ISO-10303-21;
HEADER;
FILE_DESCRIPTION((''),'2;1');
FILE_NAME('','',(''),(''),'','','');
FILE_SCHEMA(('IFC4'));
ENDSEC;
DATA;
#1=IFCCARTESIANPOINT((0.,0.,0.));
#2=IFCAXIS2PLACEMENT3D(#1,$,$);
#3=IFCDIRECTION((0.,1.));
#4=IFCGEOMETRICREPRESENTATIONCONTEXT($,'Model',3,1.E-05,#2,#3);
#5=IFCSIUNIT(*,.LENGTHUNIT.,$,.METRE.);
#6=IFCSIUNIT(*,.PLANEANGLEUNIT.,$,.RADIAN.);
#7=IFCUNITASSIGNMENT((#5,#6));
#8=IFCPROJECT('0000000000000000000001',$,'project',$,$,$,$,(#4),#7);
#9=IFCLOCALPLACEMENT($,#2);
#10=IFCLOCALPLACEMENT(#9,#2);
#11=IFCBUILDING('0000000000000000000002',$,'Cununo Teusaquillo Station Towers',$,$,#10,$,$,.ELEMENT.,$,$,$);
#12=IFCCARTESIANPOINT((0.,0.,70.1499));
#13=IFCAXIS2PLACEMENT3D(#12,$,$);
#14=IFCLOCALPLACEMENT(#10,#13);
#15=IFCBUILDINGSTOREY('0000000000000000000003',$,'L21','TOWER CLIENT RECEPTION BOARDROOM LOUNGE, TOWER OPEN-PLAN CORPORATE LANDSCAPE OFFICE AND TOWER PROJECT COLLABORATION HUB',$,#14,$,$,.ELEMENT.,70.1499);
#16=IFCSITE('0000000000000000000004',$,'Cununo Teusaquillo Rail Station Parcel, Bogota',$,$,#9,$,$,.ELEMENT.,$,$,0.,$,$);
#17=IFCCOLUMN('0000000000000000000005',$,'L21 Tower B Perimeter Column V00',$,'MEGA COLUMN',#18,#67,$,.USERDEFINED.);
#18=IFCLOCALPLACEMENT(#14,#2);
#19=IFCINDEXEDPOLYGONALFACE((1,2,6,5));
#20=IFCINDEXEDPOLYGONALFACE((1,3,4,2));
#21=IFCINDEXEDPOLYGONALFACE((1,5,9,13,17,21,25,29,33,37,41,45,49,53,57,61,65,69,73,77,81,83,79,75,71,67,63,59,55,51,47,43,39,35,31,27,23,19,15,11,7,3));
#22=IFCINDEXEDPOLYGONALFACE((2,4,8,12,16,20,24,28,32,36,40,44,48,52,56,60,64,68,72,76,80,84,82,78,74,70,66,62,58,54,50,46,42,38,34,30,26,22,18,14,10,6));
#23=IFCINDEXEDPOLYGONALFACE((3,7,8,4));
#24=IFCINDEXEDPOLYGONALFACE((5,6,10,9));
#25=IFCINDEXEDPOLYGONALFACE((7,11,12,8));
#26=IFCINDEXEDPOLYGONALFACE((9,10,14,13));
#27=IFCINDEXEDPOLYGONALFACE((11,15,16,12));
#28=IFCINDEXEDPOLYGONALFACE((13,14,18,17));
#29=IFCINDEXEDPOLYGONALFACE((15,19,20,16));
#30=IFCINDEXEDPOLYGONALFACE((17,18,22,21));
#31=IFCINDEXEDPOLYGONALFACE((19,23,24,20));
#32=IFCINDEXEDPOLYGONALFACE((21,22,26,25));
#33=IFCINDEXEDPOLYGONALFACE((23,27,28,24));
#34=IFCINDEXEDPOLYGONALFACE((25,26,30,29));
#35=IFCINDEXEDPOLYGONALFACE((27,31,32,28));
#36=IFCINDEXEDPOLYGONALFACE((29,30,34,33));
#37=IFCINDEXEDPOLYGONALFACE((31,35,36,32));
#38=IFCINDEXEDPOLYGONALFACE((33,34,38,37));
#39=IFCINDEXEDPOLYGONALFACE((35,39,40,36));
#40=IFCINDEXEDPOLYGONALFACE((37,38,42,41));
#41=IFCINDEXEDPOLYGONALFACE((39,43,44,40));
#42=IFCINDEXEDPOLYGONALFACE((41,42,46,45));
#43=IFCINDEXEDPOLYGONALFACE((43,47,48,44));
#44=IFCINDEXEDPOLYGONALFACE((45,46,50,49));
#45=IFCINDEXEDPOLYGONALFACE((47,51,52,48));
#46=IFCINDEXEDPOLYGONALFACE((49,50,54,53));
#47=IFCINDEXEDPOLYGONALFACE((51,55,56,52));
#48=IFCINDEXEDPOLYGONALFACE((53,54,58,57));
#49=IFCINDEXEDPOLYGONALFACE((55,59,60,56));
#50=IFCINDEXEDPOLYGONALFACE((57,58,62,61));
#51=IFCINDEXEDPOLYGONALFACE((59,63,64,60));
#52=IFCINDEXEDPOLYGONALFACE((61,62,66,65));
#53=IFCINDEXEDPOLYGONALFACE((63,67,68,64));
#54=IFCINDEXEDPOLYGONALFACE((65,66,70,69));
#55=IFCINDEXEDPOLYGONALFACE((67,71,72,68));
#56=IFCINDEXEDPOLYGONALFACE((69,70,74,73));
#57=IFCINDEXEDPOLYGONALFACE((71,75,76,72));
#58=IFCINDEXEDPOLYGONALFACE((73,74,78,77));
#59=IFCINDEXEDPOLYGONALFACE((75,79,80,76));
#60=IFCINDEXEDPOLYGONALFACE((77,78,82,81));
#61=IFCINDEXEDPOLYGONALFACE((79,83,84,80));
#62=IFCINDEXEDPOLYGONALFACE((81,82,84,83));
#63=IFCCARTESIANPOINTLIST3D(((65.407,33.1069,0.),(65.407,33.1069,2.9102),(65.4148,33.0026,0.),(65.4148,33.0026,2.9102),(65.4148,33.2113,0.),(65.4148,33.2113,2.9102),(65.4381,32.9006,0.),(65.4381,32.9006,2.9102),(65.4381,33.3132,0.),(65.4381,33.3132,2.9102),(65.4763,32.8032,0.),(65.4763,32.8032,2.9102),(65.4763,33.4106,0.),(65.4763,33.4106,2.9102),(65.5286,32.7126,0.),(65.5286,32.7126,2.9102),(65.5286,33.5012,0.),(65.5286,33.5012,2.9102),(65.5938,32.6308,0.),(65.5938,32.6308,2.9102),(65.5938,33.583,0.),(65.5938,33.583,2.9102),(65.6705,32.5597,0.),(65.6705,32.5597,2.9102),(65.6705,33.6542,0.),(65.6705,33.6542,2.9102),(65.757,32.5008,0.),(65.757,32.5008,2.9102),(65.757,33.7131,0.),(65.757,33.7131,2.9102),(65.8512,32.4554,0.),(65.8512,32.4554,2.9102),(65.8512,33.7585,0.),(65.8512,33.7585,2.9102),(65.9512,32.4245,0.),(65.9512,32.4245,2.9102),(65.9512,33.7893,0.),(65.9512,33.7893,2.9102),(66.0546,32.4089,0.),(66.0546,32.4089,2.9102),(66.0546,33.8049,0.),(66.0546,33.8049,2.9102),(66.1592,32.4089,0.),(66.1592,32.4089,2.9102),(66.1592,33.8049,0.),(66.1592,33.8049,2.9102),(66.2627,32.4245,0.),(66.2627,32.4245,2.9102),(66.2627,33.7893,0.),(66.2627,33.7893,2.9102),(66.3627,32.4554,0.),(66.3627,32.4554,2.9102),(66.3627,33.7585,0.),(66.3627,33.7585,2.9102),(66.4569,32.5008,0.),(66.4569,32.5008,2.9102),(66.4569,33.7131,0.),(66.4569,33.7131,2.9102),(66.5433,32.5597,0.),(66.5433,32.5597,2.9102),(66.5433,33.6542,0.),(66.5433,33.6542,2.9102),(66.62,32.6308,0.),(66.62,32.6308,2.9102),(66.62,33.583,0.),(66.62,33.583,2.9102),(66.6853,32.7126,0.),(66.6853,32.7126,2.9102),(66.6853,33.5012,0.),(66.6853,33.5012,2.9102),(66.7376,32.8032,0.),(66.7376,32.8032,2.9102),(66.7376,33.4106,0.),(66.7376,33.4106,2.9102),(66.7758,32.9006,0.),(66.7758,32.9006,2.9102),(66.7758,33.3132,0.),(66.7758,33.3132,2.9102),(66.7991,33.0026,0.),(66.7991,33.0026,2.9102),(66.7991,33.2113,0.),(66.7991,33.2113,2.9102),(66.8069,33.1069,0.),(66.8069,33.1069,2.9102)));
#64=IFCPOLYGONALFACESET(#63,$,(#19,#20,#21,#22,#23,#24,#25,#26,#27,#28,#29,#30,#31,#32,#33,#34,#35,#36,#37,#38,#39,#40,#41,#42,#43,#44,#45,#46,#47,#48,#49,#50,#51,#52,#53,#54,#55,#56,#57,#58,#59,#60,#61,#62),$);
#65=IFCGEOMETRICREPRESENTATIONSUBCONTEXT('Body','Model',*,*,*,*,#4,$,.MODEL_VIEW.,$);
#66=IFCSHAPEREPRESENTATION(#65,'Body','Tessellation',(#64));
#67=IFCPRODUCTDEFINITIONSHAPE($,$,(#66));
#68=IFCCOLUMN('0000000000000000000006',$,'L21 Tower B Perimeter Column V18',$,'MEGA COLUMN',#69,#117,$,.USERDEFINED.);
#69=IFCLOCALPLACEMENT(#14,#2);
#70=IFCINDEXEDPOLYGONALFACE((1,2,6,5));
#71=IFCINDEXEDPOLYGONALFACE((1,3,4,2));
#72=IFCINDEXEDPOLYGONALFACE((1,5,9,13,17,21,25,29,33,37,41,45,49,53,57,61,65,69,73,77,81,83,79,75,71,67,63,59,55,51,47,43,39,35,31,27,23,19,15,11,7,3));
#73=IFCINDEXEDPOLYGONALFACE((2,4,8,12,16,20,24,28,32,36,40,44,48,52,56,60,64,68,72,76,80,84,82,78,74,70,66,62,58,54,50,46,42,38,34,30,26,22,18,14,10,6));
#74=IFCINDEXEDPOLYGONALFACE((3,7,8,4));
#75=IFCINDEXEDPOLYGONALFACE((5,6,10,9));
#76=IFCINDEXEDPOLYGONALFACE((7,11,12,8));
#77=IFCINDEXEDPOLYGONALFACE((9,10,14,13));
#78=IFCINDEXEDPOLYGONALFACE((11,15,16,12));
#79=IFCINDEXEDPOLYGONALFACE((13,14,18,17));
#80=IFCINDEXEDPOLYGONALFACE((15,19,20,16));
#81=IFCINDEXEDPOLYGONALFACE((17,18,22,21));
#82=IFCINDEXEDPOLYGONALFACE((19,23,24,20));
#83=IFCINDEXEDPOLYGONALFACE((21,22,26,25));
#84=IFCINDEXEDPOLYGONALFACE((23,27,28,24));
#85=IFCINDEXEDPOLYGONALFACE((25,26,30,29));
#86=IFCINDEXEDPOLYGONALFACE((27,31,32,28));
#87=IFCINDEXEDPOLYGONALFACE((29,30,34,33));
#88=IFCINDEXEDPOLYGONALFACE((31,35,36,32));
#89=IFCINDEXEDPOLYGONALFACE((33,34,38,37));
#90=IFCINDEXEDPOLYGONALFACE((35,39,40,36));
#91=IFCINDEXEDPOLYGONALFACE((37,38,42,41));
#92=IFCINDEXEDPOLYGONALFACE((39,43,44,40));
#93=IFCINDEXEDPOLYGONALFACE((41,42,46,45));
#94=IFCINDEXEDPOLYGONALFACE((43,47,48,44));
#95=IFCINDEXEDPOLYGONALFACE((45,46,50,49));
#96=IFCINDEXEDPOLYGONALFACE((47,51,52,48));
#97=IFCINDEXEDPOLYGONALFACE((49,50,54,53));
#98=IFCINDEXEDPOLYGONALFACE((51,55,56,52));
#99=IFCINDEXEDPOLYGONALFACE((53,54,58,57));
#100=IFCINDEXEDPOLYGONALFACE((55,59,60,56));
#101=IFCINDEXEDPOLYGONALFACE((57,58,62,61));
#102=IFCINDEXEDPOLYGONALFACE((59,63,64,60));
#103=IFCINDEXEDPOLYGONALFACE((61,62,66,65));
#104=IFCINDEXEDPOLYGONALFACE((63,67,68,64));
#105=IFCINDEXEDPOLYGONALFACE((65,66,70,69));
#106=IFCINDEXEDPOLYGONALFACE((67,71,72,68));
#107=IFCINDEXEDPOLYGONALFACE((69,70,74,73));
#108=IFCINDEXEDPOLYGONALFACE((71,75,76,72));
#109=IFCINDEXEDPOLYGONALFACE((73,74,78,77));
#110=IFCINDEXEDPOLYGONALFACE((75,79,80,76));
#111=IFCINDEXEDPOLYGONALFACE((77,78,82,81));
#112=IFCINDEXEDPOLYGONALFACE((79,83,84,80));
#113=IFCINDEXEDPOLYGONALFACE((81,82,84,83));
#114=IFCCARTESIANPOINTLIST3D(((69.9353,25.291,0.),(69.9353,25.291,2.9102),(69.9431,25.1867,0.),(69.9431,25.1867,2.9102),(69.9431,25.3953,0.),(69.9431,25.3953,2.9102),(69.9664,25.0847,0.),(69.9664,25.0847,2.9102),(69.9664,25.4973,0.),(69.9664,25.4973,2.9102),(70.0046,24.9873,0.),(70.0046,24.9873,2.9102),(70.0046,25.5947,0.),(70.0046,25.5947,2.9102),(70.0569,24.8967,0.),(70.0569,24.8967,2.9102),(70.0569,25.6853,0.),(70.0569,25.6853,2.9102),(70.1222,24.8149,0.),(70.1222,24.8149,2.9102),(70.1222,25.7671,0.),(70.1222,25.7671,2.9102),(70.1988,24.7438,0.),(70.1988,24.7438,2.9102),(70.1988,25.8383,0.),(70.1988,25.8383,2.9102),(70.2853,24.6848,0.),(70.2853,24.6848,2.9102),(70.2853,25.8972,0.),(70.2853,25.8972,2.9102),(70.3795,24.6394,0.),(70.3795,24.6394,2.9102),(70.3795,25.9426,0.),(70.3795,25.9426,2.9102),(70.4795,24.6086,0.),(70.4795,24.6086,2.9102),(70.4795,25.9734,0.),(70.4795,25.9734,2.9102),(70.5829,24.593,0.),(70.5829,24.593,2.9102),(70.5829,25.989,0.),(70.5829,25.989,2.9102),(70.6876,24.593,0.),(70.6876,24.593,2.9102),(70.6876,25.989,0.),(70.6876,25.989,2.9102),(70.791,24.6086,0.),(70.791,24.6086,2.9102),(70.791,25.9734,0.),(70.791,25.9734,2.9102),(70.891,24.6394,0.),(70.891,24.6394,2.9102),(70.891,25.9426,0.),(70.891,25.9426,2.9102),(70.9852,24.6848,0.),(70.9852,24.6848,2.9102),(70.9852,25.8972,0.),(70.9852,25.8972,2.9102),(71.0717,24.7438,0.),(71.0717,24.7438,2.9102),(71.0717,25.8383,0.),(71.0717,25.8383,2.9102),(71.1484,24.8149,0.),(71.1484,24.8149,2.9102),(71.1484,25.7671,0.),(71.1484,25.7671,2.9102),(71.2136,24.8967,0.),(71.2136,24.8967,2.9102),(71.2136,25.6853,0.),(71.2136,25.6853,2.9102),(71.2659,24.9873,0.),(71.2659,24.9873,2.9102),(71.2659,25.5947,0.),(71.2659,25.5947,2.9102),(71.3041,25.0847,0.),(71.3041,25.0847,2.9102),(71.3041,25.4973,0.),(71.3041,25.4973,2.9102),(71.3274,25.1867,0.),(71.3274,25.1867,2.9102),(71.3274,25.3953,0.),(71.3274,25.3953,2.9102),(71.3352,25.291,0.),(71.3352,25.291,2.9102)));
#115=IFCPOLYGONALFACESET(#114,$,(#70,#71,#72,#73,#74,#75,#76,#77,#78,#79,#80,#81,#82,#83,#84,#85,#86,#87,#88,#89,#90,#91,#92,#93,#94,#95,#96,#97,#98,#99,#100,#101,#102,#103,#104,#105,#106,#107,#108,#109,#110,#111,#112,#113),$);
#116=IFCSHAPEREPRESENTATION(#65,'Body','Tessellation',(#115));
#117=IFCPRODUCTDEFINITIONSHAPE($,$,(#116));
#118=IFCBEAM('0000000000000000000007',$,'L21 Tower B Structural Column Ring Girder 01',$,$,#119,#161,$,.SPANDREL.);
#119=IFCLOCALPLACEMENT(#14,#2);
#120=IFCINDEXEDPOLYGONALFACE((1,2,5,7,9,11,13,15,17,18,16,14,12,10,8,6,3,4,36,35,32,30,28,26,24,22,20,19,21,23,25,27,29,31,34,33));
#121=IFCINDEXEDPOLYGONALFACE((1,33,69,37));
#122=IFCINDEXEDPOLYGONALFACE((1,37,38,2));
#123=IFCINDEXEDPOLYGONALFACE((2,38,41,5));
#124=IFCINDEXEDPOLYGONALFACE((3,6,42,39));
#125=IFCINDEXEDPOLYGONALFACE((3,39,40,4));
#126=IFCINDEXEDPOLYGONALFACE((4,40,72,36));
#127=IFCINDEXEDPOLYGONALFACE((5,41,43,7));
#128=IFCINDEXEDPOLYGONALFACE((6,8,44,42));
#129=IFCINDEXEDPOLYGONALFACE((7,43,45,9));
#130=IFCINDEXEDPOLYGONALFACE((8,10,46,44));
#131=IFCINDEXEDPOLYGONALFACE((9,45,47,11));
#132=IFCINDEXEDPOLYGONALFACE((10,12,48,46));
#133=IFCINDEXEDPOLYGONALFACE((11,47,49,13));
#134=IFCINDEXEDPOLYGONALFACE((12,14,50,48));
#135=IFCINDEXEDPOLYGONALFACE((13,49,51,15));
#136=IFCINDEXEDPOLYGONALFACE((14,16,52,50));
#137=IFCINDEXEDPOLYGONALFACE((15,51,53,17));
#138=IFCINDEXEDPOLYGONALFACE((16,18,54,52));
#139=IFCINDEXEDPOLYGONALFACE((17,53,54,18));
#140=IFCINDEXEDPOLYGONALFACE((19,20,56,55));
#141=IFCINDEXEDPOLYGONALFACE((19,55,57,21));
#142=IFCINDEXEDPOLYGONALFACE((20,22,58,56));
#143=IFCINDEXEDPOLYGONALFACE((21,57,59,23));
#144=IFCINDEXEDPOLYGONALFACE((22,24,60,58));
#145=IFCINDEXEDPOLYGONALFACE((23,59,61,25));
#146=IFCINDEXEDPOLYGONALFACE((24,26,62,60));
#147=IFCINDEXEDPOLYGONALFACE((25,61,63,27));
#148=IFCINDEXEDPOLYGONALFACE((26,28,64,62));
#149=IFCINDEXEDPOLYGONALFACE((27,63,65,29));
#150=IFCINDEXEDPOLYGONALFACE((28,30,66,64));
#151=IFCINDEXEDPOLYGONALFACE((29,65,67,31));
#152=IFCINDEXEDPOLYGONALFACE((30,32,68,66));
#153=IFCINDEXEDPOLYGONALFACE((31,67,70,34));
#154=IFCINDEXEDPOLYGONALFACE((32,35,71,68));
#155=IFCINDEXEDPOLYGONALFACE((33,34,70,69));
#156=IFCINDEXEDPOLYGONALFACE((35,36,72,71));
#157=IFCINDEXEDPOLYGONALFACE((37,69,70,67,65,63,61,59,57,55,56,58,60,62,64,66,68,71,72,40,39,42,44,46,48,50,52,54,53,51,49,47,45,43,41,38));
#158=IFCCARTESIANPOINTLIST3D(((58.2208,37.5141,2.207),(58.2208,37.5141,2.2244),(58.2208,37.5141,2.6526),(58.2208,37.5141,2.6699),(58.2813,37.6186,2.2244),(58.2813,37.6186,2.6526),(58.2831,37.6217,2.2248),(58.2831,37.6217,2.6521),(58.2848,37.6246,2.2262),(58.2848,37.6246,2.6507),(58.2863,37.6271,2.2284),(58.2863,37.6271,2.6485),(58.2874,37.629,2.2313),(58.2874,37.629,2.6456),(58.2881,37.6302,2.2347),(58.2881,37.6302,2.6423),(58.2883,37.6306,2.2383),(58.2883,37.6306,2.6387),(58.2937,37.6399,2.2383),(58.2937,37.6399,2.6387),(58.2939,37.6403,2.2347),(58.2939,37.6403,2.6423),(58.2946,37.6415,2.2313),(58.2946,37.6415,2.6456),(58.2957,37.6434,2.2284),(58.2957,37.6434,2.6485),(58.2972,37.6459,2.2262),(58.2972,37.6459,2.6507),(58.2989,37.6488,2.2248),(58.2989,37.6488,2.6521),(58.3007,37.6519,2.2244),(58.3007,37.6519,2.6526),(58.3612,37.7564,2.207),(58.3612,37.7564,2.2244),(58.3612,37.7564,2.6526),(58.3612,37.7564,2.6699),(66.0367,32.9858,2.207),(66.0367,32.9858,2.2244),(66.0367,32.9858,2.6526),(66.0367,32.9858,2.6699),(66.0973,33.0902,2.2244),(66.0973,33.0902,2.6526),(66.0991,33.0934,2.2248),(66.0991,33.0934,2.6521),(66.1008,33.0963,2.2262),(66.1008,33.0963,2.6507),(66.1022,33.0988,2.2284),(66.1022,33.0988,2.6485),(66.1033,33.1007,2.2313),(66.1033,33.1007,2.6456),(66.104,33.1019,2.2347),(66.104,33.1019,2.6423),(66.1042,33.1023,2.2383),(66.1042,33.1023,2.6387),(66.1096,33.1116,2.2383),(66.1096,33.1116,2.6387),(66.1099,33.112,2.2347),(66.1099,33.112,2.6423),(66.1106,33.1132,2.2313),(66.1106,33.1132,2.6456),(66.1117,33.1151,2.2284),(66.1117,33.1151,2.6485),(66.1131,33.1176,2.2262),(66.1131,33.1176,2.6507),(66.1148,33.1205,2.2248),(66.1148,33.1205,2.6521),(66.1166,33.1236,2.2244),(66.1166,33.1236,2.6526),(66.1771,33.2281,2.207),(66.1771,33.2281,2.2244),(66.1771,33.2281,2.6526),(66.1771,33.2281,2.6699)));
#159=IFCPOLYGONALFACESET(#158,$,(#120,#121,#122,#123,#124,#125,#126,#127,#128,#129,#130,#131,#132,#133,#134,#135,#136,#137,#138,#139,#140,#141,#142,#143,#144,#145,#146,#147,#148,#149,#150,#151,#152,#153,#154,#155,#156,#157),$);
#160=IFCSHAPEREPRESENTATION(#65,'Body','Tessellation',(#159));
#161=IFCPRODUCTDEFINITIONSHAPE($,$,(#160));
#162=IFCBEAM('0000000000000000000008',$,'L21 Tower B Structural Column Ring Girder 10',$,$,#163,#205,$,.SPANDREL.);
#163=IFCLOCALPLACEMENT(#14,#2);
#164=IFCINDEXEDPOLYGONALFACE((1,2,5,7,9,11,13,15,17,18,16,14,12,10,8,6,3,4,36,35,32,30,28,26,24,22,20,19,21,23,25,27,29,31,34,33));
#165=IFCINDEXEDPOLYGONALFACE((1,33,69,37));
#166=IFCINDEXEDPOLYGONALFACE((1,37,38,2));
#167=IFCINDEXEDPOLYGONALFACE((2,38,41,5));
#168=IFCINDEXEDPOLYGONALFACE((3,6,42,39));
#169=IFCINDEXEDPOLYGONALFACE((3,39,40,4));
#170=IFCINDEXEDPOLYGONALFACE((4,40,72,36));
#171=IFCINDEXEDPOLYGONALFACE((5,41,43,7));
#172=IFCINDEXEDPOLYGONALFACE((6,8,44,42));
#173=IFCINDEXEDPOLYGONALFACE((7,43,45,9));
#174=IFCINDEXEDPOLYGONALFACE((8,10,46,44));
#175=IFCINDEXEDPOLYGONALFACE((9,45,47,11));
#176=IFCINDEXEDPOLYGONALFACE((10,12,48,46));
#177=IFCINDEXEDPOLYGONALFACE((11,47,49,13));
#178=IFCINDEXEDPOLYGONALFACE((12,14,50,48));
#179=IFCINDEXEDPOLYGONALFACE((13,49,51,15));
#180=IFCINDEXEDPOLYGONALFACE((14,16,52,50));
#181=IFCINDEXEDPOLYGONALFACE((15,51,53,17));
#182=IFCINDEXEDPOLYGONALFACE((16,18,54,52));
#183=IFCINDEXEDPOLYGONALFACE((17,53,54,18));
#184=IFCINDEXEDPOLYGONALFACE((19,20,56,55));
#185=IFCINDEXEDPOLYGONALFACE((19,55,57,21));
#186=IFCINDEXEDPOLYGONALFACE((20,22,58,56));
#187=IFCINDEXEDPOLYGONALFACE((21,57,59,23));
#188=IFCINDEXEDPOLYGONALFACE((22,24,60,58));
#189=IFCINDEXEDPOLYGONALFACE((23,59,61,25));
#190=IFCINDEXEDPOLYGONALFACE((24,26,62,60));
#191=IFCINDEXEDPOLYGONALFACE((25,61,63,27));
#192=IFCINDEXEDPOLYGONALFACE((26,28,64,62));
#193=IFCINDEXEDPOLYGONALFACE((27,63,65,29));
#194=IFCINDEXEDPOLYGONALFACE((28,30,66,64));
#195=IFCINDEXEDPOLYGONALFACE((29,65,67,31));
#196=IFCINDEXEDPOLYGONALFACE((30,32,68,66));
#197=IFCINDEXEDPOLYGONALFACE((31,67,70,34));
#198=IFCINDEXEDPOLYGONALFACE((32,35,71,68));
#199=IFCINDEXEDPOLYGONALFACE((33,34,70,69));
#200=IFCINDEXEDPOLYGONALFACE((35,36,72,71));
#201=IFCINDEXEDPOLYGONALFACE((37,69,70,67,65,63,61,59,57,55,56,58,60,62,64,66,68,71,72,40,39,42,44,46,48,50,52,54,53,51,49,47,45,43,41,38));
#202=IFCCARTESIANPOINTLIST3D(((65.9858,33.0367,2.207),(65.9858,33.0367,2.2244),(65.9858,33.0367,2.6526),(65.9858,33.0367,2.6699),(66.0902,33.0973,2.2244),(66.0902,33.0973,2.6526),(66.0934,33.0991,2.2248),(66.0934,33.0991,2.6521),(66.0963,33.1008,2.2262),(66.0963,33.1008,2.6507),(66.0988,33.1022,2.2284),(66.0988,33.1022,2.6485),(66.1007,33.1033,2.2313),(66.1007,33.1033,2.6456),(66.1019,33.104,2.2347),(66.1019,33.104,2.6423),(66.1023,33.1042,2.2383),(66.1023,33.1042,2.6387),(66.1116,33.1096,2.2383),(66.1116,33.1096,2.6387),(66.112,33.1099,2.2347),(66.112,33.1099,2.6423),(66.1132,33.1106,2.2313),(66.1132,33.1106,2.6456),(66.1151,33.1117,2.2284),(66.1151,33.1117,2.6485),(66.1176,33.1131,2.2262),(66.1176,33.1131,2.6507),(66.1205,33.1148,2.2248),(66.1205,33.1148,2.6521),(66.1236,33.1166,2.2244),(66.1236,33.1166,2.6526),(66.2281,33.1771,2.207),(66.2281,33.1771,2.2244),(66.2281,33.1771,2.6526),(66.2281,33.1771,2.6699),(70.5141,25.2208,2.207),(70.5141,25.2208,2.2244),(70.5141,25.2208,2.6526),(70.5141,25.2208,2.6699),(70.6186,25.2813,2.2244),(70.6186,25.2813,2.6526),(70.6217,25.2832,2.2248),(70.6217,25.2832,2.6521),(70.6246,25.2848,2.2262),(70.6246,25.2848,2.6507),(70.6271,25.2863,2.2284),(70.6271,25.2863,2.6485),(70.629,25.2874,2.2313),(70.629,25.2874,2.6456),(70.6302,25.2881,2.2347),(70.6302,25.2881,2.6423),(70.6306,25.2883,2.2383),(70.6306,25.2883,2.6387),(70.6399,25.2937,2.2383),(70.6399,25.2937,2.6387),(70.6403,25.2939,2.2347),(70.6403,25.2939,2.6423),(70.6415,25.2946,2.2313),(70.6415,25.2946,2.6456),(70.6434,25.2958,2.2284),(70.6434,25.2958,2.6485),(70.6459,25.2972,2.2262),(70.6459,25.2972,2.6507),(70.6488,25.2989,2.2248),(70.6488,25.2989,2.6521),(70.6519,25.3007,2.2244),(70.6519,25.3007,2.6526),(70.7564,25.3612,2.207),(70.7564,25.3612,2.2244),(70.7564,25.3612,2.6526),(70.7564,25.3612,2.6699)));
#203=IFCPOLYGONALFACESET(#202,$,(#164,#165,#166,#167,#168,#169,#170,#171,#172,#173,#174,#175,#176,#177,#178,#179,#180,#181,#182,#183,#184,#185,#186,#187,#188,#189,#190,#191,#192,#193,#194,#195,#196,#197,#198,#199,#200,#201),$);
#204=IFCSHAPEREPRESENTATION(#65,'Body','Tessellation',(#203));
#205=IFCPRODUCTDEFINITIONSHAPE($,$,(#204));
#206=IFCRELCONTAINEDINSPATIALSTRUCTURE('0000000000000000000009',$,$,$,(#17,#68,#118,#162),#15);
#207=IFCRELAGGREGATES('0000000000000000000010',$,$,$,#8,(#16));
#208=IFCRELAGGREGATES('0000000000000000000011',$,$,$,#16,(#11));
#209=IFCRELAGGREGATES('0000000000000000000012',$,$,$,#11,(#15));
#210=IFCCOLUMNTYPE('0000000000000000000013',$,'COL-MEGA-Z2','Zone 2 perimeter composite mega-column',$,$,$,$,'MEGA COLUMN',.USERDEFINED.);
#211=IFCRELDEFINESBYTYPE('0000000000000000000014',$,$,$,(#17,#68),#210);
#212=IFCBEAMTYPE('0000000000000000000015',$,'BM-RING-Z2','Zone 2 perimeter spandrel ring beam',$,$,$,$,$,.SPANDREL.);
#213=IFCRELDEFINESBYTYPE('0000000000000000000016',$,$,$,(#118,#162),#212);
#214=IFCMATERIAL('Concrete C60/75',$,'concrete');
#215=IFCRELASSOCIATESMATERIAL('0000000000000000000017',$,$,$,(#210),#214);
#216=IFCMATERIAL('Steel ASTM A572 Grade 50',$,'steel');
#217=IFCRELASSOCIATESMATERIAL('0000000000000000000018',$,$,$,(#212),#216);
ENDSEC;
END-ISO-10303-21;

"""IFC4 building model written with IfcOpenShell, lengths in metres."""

from ifc_helpers import new_model, si_unit, direction, frame, origin, origin_2d, place, context, subcontext, project, spatial, circle, i_section, extrude, material, material_profile, profile_set, type_object, element, save


model = new_model("IFC4")

# Units and contexts
model_context = context("Model", 3, precision=1e-05, world=origin(), true_north=direction((0.0, 1.0)))
body_context = subcontext(model_context, "Body", "Model", "MODEL_VIEW")
ifc_project = project(units=[si_unit("LENGTHUNIT", "METRE"), si_unit("PLANEANGLEUNIT", "RADIAN")], contexts=[model_context])

# Site, building, storey
site_placement = place(None, origin())
site = spatial("IfcSite", under=ifc_project, at=site_placement, Name="Cununo Teusaquillo Rail Station Parcel, Bogota", CompositionType="ELEMENT", RefElevation=0.0)
building_placement = place(site_placement, origin())
building = spatial("IfcBuilding", under=site, at=building_placement, Name="Cununo Teusaquillo Station Towers", CompositionType="ELEMENT")
storey_placement = place(building_placement, frame((0.0, 0.0, 70.1499)))
storey = spatial("IfcBuildingStorey", under=building, at=storey_placement, Name="L21", Description="TOWER CLIENT RECEPTION BOARDROOM LOUNGE, TOWER OPEN-PLAN CORPORATE LANDSCAPE OFFICE AND TOWER PROJECT COLLABORATION HUB", CompositionType="ELEMENT", Elevation=70.1499)

# Columns
ifc_material_1 = material(Name="Concrete C60/75", Category="concrete")
ifc_material_profile_1 = material_profile(ifc_material_1, circle(Radius=0.7, at=origin_2d()), Name="RC-CIRC-1400")
ifc_profile_set_1 = profile_set([ifc_material_profile_1], Name="Concrete C60/75")
column_type = type_object("IfcColumnType", Name="COL-MEGA-Z2", Description="Zone 2 perimeter composite mega-column", ElementType="MEGA COLUMN", PredefinedType="USERDEFINED", material=ifc_profile_set_1)
for number, where, z_axis, x_axis, name in (
    (1, (66.1069, 33.1069, 0.0), (0.0, 0.0, 1.0), (1.0, 0.0, 0.0), "L21 Tower B Perimeter Column V00"),
    (2, (70.6353, 25.291, 0.0), (0.0, 0.0, 1.0), (1.0, 0.0, 0.0), "L21 Tower B Perimeter Column V18"),
):
    element("IfcColumn", number, at=place(storey_placement, frame(where, z_axis=z_axis, x_axis=x_axis)), inside=storey, type_object=column_type, Name=name, ObjectType="MEGA COLUMN", PredefinedType="USERDEFINED", context=body_context, shape_type="SweptSolid", body=[
        extrude(circle(Radius=0.7, at=origin_2d()), origin(), (0.0, 0.0, 1.0), 2.9102),
    ])

# Beams
ifc_material_2 = material(Name="Steel ASTM A572 Grade 50", Category="steel")
ifc_material_profile_2 = material_profile(ifc_material_2, i_section(OverallWidth=0.28, OverallDepth=0.4629, WebThickness=0.0107, FlangeThickness=0.0173, FilletRadius=0.0139, at=origin_2d()), Name="W18X76")
ifc_profile_set_2 = profile_set([ifc_material_profile_2], Name="Steel ASTM A572 Grade 50")
beam_type = type_object("IfcBeamType", Name="BM-RING-Z2", Description="Zone 2 perimeter spandrel ring beam", PredefinedType="SPANDREL", material=ifc_profile_set_2)
for number, where, z_axis, x_axis, name in (
    (3, (66.1069, 33.1069, 2.4385), (-0.865267, 0.501311, 0.0), (-0.501311, -0.865267, 0.0), "L21 Tower B Structural Column Ring Girder 01"),
    (4, (70.6353, 25.291, 2.4385), (-0.501311, 0.865267, 0.0), (-0.865267, -0.501311, 0.0), "L21 Tower B Structural Column Ring Girder 10"),
):
    element("IfcBeam", number, at=place(storey_placement, frame(where, z_axis=z_axis, x_axis=x_axis)), inside=storey, type_object=beam_type, Name=name, PredefinedType="SPANDREL", context=body_context, shape_type="SweptSolid", body=[
        extrude(i_section(OverallWidth=0.28, OverallDepth=0.4629, WebThickness=0.0107, FlangeThickness=0.0173, FilletRadius=0.0139, at=origin_2d()), origin(), (0.0, 0.0, 1.0), 9.033),
    ])

save(model, "model.ifc")
